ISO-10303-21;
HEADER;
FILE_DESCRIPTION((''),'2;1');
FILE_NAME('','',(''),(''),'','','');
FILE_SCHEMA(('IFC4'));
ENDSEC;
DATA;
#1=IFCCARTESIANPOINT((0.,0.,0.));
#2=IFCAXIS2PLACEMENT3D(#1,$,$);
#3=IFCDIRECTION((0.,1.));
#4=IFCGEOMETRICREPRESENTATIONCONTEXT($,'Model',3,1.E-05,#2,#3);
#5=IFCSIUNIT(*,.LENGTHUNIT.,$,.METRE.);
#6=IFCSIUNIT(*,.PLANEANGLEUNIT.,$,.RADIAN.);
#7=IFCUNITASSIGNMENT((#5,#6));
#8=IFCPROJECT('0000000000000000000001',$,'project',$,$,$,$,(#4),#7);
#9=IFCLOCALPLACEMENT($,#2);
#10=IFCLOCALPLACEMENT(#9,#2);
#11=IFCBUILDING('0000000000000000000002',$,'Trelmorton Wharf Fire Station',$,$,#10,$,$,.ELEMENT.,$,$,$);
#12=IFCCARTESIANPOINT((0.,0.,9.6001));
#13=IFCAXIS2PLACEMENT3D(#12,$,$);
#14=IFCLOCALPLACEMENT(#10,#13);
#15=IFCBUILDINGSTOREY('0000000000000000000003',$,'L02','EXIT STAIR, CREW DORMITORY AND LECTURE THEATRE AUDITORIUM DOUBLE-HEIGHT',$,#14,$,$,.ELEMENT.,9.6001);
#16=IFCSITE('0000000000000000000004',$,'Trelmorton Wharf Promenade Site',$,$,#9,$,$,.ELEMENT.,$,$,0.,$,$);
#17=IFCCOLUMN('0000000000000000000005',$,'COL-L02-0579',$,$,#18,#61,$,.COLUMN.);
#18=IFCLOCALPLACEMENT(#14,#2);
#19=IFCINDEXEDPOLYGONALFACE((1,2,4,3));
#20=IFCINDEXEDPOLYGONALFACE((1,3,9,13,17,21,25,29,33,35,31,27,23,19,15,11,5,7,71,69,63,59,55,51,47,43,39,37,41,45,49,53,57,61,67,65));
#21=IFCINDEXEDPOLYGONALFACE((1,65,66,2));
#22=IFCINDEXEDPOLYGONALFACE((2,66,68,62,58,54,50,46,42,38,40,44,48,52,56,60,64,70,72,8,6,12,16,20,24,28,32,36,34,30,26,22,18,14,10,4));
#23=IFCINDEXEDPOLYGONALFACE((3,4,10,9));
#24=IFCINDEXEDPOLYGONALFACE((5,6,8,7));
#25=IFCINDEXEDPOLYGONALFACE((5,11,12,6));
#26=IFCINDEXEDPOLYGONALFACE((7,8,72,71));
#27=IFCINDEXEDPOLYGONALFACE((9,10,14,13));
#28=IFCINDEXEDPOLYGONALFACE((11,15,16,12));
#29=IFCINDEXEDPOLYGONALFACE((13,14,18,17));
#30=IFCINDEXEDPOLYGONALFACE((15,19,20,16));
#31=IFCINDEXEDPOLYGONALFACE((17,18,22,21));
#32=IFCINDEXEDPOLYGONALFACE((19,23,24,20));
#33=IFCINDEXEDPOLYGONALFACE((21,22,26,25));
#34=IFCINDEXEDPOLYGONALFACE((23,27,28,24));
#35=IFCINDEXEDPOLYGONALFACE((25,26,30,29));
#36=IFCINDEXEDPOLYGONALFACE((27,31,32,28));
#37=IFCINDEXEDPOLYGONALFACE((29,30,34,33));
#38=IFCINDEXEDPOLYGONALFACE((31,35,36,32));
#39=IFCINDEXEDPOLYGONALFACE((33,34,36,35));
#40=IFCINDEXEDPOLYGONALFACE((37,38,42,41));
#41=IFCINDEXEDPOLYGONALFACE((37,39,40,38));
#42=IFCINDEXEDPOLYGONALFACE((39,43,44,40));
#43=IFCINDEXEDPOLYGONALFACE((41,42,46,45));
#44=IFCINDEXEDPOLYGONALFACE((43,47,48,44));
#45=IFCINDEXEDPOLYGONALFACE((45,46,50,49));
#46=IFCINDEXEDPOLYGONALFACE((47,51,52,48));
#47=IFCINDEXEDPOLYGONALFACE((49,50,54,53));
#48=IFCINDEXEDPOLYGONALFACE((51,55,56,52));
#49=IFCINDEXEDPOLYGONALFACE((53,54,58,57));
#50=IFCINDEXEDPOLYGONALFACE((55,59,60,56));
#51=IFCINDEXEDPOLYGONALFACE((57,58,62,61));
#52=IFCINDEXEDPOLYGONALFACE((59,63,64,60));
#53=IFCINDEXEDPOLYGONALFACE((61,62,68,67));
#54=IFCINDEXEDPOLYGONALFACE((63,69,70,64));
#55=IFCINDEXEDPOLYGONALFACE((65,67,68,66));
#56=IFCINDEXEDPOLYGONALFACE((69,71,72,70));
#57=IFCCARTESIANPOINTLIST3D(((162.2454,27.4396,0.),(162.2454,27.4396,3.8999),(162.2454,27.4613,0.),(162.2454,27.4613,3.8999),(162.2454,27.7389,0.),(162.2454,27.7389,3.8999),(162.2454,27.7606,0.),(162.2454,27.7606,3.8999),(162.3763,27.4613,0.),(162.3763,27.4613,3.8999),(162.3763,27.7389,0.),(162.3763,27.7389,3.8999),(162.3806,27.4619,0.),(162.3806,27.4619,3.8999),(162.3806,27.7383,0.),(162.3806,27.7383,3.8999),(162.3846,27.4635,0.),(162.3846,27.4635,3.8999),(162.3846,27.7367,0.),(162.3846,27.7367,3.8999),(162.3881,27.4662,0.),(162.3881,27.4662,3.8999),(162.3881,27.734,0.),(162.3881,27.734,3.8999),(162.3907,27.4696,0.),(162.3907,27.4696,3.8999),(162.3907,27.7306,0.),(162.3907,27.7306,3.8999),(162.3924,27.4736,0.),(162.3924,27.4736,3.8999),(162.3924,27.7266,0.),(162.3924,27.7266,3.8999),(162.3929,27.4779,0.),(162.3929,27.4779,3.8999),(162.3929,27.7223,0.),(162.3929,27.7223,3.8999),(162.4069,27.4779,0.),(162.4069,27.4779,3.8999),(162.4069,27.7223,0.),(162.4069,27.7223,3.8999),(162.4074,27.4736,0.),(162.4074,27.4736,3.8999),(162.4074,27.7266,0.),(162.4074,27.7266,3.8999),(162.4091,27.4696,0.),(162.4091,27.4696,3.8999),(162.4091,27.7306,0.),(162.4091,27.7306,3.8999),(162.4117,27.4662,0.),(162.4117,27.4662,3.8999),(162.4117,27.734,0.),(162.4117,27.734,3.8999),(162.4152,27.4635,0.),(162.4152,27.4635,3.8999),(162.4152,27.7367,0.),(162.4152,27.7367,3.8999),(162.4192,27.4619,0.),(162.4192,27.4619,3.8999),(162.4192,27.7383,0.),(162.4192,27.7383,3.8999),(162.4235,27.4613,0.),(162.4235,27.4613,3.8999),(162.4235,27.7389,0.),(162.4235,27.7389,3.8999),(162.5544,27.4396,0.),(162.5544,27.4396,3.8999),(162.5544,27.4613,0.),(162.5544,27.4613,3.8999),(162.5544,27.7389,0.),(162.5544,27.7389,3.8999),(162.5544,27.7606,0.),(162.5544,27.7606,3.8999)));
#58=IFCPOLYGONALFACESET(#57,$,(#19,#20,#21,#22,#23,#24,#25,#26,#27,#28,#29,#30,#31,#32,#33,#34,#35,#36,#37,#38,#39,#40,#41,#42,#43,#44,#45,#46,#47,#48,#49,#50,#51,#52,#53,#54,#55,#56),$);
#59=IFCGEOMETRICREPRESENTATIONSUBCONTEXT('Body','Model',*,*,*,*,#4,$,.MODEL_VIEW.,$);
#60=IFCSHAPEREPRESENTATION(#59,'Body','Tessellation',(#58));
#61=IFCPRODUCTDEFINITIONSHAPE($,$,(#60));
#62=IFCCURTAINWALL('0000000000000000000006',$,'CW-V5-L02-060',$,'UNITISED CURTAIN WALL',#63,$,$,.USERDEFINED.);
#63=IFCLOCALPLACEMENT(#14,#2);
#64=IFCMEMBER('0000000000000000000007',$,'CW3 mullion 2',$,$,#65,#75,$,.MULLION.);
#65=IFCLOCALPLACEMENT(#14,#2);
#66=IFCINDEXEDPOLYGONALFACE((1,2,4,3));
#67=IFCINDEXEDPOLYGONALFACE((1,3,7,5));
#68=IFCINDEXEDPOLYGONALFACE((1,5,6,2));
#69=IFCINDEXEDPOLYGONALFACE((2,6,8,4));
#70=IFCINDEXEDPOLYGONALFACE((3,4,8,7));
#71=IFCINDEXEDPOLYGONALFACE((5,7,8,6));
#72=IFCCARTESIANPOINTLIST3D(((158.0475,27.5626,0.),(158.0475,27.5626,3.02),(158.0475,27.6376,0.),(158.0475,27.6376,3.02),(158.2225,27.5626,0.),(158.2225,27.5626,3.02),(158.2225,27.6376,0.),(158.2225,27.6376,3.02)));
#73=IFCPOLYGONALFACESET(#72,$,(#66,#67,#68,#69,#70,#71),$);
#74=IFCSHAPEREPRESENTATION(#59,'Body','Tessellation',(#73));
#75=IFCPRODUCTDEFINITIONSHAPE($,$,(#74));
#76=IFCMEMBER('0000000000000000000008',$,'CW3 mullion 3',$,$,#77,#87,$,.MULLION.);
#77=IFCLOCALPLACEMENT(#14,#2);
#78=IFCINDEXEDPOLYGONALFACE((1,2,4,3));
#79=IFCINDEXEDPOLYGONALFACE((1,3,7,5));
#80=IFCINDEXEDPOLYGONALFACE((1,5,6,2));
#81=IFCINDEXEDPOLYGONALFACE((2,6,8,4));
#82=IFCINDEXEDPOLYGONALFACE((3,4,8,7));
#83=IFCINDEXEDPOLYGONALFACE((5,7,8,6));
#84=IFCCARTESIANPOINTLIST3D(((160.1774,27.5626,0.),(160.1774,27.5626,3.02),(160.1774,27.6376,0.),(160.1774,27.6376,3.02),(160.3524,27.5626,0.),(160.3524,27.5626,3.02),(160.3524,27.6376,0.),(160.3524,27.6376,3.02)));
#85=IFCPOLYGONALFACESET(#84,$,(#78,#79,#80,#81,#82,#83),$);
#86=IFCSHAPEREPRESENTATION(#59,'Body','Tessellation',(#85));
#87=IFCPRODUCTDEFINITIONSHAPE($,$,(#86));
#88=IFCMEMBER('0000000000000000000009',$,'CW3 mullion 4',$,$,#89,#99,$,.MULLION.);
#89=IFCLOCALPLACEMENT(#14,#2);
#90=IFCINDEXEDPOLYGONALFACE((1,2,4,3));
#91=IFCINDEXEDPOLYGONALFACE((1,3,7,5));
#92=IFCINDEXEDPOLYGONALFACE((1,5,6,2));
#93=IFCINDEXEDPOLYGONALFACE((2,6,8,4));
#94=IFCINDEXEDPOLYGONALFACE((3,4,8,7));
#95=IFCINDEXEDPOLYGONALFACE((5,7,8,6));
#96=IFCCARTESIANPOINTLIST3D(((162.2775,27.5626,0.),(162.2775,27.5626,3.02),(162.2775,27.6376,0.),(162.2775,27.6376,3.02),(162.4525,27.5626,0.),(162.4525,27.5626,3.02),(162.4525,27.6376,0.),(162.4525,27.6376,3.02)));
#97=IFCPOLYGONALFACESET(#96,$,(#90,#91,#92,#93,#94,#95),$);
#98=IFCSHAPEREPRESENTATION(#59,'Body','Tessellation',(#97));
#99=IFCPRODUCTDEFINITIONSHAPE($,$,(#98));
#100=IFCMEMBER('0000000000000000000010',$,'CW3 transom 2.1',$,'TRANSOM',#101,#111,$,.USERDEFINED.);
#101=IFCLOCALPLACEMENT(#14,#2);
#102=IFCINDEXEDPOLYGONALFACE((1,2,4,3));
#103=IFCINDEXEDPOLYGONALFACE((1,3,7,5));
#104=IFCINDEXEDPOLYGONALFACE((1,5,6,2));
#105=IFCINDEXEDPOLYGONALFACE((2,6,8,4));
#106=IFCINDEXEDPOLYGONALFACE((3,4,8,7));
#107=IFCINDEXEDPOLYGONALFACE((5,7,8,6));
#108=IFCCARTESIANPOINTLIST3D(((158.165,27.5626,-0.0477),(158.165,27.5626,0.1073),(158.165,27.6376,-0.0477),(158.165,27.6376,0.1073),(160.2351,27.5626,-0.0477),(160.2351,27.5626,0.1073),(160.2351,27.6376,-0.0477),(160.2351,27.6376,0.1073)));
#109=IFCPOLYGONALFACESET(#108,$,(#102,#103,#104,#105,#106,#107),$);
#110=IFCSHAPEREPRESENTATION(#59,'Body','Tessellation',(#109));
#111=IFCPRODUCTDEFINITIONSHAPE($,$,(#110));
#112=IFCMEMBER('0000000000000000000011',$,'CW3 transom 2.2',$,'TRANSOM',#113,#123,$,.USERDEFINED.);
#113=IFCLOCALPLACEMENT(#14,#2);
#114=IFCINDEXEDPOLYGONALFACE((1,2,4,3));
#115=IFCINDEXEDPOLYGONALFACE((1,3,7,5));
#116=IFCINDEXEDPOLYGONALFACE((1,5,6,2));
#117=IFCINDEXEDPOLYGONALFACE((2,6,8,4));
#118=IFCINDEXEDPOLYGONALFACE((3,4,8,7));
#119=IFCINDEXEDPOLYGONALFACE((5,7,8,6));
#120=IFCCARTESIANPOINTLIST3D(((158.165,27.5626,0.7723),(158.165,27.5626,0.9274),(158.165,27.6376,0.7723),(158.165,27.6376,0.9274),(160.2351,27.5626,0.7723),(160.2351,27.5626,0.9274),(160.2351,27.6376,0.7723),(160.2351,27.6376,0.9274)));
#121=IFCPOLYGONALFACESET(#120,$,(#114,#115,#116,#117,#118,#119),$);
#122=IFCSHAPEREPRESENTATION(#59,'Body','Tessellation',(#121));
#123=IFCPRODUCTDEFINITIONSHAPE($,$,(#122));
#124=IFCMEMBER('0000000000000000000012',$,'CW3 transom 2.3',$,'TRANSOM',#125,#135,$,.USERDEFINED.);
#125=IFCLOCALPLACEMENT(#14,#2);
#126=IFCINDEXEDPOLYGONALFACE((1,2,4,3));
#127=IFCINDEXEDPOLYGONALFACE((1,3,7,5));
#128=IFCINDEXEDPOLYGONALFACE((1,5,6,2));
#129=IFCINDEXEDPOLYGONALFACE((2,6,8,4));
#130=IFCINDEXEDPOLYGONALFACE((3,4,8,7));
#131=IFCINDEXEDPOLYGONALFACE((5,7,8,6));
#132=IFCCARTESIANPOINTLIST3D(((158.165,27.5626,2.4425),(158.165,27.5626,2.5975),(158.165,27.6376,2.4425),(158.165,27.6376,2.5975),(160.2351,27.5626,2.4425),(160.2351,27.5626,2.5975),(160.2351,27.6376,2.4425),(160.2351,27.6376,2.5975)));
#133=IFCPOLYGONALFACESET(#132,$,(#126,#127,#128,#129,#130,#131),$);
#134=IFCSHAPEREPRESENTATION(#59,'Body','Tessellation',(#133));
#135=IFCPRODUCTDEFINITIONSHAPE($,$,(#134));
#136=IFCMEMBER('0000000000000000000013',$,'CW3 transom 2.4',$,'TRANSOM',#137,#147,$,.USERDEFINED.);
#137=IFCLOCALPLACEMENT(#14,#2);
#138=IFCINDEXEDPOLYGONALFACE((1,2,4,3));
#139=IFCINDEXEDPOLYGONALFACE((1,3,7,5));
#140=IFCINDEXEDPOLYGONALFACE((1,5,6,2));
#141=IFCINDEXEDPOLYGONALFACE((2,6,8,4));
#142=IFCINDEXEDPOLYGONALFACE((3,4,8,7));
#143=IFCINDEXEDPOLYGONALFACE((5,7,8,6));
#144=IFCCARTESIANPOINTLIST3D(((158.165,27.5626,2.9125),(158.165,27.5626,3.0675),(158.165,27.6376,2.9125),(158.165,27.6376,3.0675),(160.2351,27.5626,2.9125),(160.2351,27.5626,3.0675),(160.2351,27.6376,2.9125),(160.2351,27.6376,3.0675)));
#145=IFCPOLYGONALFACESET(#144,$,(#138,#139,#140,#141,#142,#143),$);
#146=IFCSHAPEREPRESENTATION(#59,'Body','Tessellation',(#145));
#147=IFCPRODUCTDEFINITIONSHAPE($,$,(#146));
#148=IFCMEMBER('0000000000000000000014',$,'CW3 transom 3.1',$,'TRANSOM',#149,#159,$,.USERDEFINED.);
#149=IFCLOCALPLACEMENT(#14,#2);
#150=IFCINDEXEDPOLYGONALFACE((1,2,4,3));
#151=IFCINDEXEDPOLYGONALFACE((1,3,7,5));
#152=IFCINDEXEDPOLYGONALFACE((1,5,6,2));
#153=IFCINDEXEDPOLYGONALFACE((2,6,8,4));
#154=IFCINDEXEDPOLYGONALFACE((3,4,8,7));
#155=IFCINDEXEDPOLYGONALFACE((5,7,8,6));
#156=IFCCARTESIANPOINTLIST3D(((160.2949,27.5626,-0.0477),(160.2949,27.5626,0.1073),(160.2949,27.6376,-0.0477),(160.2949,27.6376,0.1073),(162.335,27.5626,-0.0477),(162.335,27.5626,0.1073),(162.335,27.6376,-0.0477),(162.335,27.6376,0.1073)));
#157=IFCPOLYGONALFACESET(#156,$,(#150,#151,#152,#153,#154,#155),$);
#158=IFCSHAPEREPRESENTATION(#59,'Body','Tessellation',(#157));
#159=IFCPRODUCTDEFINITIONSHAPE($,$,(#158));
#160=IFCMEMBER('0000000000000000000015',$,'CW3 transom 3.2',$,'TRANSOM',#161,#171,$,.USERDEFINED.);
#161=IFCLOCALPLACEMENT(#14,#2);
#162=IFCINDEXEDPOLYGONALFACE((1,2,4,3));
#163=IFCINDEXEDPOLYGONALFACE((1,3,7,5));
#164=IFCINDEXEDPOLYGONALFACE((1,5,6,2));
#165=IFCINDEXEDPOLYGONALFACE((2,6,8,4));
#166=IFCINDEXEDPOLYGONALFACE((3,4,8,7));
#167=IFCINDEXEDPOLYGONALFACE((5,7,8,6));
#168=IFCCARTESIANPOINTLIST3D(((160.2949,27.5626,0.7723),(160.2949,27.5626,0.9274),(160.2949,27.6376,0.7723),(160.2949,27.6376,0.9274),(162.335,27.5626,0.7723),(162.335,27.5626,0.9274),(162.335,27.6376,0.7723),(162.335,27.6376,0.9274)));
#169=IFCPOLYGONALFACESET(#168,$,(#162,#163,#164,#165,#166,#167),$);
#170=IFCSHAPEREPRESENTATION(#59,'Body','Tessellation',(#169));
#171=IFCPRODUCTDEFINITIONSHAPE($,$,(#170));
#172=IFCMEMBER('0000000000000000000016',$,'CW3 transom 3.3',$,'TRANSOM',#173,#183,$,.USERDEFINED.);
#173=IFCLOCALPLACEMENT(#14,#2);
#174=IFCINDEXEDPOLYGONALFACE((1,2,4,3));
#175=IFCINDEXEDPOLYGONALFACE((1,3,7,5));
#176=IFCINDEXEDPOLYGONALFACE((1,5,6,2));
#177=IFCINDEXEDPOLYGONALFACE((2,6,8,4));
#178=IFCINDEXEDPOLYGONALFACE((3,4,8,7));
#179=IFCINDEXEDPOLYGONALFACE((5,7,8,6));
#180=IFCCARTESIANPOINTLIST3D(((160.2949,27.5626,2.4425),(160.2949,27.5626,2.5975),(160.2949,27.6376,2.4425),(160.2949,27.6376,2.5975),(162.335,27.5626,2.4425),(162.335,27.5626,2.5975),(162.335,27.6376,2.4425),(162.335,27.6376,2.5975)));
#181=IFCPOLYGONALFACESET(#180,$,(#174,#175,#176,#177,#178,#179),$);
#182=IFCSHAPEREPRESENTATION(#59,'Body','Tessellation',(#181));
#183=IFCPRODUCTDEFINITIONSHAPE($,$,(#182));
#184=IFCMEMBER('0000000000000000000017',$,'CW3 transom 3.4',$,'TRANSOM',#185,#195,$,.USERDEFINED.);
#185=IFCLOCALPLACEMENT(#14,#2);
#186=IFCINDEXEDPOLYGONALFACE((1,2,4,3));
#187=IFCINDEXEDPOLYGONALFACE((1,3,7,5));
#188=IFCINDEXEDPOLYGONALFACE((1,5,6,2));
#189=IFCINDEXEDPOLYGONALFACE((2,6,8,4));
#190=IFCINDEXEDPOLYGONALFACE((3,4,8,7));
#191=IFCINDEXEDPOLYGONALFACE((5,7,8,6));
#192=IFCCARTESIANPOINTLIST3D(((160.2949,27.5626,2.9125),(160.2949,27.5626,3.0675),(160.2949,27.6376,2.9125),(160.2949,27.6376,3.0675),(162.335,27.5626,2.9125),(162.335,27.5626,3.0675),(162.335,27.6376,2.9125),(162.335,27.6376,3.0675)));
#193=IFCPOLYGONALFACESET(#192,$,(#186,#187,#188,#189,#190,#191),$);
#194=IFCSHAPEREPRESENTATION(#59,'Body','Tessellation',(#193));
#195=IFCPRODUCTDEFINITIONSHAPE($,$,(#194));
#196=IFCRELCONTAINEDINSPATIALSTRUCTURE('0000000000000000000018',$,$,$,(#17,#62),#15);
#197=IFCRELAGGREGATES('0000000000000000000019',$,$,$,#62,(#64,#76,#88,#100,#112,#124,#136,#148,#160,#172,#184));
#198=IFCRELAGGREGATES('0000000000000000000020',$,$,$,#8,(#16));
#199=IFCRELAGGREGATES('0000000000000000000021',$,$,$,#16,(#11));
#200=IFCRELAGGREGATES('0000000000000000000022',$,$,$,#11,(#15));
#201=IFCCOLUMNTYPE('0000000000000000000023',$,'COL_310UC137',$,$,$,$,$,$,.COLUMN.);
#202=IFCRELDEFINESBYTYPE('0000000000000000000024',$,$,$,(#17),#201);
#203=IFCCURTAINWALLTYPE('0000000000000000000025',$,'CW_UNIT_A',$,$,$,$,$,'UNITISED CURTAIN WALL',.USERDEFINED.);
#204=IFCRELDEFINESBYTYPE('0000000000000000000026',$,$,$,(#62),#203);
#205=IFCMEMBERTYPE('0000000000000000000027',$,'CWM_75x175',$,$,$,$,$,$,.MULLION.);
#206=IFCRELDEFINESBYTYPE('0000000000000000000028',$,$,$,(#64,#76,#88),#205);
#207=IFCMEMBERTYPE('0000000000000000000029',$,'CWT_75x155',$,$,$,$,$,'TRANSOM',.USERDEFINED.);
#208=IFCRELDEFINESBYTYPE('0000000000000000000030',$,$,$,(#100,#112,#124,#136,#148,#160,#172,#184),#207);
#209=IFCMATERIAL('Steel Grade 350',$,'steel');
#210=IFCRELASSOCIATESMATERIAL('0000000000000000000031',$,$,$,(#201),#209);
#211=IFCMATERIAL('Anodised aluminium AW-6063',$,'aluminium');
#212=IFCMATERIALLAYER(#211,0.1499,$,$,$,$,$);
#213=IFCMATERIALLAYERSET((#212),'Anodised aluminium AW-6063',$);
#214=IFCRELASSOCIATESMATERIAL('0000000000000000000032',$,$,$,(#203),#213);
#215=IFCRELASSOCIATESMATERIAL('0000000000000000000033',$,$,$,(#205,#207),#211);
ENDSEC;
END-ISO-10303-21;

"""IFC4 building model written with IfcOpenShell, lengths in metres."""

from ifc_helpers import new_model, si_unit, direction, frame, origin, origin_2d, place, context, subcontext, project, spatial, rectangle, i_section, extrude, material, layer, layer_set, material_profile, profile_set, type_object, element, aggregate, save


model = new_model("IFC4")

# Units and contexts
model_context = context("Model", 3, precision=1e-05, world=origin(), true_north=direction((0.0, 1.0)))
body_context = subcontext(model_context, "Body", "Model", "MODEL_VIEW")
ifc_project = project(units=[si_unit("LENGTHUNIT", "METRE"), si_unit("PLANEANGLEUNIT", "RADIAN")], contexts=[model_context])

# Site, building, storey
site_placement = place(None, origin())
site = spatial("IfcSite", under=ifc_project, at=site_placement, Name="Trelmorton Wharf Promenade Site", CompositionType="ELEMENT", RefElevation=0.0)
building_placement = place(site_placement, origin())
building = spatial("IfcBuilding", under=site, at=building_placement, Name="Trelmorton Wharf Fire Station", CompositionType="ELEMENT")
storey_placement = place(building_placement, frame((0.0, 0.0, 9.6001)))
storey = spatial("IfcBuildingStorey", under=building, at=storey_placement, Name="L02", Description="EXIT STAIR, CREW DORMITORY AND LECTURE THEATRE AUDITORIUM DOUBLE-HEIGHT", CompositionType="ELEMENT", Elevation=9.6001)

# Column
ifc_material_1 = material(Name="Steel Grade 350", Category="steel")
ifc_material_profile_1 = material_profile(ifc_material_1, i_section(OverallWidth=0.3091, OverallDepth=0.321, WebThickness=0.0139, FlangeThickness=0.0217, FilletRadius=0.0166, at=origin_2d()), Name="310UC137")
ifc_profile_set_1 = profile_set([ifc_material_profile_1], Name="Steel Grade 350")
column_type = type_object("IfcColumnType", Name="COL_310UC137", PredefinedType="COLUMN", material=ifc_profile_set_1)
column_placement = place(storey_placement, frame((162.3999, 27.6001, 0.0), z_axis=(0.0, 0.0, 1.0), x_axis=(1.0, 0.0, 0.0)))
element("IfcColumn", 1, at=column_placement, inside=storey, type_object=column_type, Name="COL-L02-0579", PredefinedType="COLUMN", context=body_context, shape_type="SweptSolid", body=[
    extrude(i_section(OverallWidth=0.3091, OverallDepth=0.321, WebThickness=0.0139, FlangeThickness=0.0217, FilletRadius=0.0166, at=origin_2d()), origin(), (0.0, 0.0, 1.0), 3.8999),
])

# Curtain wall, members
ifc_material_2 = material(Name="Anodised aluminium AW-6063", Category="aluminium")
ifc_layer_1 = layer(ifc_material_2, 0.1499)
ifc_layer_set_1 = layer_set([ifc_layer_1], Name="Anodised aluminium AW-6063")
curtain_wall_type = type_object("IfcCurtainWallType", Name="CW_UNIT_A", ElementType="UNITISED CURTAIN WALL", PredefinedType="USERDEFINED", material=ifc_layer_set_1)
curtain_wall_placement = place(storey_placement, origin())
curtain_wall = element("IfcCurtainWall", 2, at=curtain_wall_placement, inside=storey, type_object=curtain_wall_type, Name="CW-V5-L02-060", ObjectType="UNITISED CURTAIN WALL", PredefinedType="USERDEFINED")
ifc_material_profile_2 = material_profile(ifc_material_2, rectangle(XDim=0.075, YDim=0.175, at=origin_2d()), Name="ALU-75x175")
ifc_profile_set_2 = profile_set([ifc_material_profile_2], Name="Anodised aluminium AW-6063")
member_type_1 = type_object("IfcMemberType", Name="CWM_75x175", PredefinedType="MULLION", material=ifc_profile_set_2)
member_1_placement = place(storey_placement, frame((158.135, 27.6001, 0.0), z_axis=(0.0, 0.0, 1.0), x_axis=(0.0, 1.0, 0.0)))
member_1 = element("IfcMember", 3, at=member_1_placement, type_object=member_type_1, Name="CW3 mullion 2", PredefinedType="MULLION", context=body_context, shape_type="SweptSolid", body=[
    extrude(rectangle(XDim=0.075, YDim=0.175, at=origin_2d()), origin(), (0.0, 0.0, 1.0), 3.02),
])
member_2_placement = place(storey_placement, frame((160.2649, 27.6001, 0.0), z_axis=(0.0, 0.0, 1.0), x_axis=(0.0, 1.0, 0.0)))
member_2 = element("IfcMember", 4, at=member_2_placement, type_object=member_type_1, Name="CW3 mullion 3", PredefinedType="MULLION", context=body_context, shape_type="SweptSolid", body=[
    extrude(rectangle(XDim=0.075, YDim=0.175, at=origin_2d()), origin(), (0.0, 0.0, 1.0), 3.02),
])
member_3_placement = place(storey_placement, frame((162.365, 27.6001, 0.0), z_axis=(0.0, 0.0, 1.0), x_axis=(0.0, 1.0, 0.0)))
member_3 = element("IfcMember", 5, at=member_3_placement, type_object=member_type_1, Name="CW3 mullion 4", PredefinedType="MULLION", context=body_context, shape_type="SweptSolid", body=[
    extrude(rectangle(XDim=0.075, YDim=0.175, at=origin_2d()), origin(), (0.0, 0.0, 1.0), 3.02),
])
ifc_material_profile_3 = material_profile(ifc_material_2, rectangle(XDim=0.075, YDim=0.155, at=origin_2d()), Name="ALU-75x155")
ifc_profile_set_3 = profile_set([ifc_material_profile_3], Name="Anodised aluminium AW-6063")
member_type_2 = type_object("IfcMemberType", Name="CWT_75x155", ElementType="TRANSOM", PredefinedType="USERDEFINED", material=ifc_profile_set_3)
member_4_placement = place(storey_placement, frame((158.165, 27.6001, 0.0298), z_axis=(1.0, 0.0, 0.0), x_axis=(0.0, 1.0, 0.0)))
member_4 = element("IfcMember", 6, at=member_4_placement, type_object=member_type_2, Name="CW3 transom 2.1", ObjectType="TRANSOM", PredefinedType="USERDEFINED", context=body_context, shape_type="SweptSolid", body=[
    extrude(rectangle(XDim=0.075, YDim=0.155, at=origin_2d()), origin(), (0.0, 0.0, 1.0), 2.0701),
])
member_5_placement = place(storey_placement, frame((158.165, 27.6001, 0.8499), z_axis=(1.0, 0.0, 0.0), x_axis=(0.0, 1.0, 0.0)))
member_5 = element("IfcMember", 7, at=member_5_placement, type_object=member_type_2, Name="CW3 transom 2.2", ObjectType="TRANSOM", PredefinedType="USERDEFINED", context=body_context, shape_type="SweptSolid", body=[
    extrude(rectangle(XDim=0.075, YDim=0.155, at=origin_2d()), origin(), (0.0, 0.0, 1.0), 2.0701),
])
member_6_placement = place(storey_placement, frame((158.165, 27.6001, 2.52), z_axis=(1.0, 0.0, 0.0), x_axis=(0.0, 1.0, 0.0)))
member_6 = element("IfcMember", 8, at=member_6_placement, type_object=member_type_2, Name="CW3 transom 2.3", ObjectType="TRANSOM", PredefinedType="USERDEFINED", context=body_context, shape_type="SweptSolid", body=[
    extrude(rectangle(XDim=0.075, YDim=0.155, at=origin_2d()), origin(), (0.0, 0.0, 1.0), 2.0701),
])
member_7_placement = place(storey_placement, frame((158.165, 27.6001, 2.99), z_axis=(1.0, 0.0, 0.0), x_axis=(0.0, 1.0, 0.0)))
member_7 = element("IfcMember", 9, at=member_7_placement, type_object=member_type_2, Name="CW3 transom 2.4", ObjectType="TRANSOM", PredefinedType="USERDEFINED", context=body_context, shape_type="SweptSolid", body=[
    extrude(rectangle(XDim=0.075, YDim=0.155, at=origin_2d()), origin(), (0.0, 0.0, 1.0), 2.0701),
])
member_8_placement = place(storey_placement, frame((160.2949, 27.6001, 0.0298), z_axis=(1.0, 0.0, 0.0), x_axis=(0.0, 1.0, 0.0)))
member_8 = element("IfcMember", 10, at=member_8_placement, type_object=member_type_2, Name="CW3 transom 3.1", ObjectType="TRANSOM", PredefinedType="USERDEFINED", context=body_context, shape_type="SweptSolid", body=[
    extrude(rectangle(XDim=0.075, YDim=0.155, at=origin_2d()), origin(), (0.0, 0.0, 1.0), 2.04),
])
member_9_placement = place(storey_placement, frame((160.2949, 27.6001, 0.8499), z_axis=(1.0, 0.0, 0.0), x_axis=(0.0, 1.0, 0.0)))
member_9 = element("IfcMember", 11, at=member_9_placement, type_object=member_type_2, Name="CW3 transom 3.2", ObjectType="TRANSOM", PredefinedType="USERDEFINED", context=body_context, shape_type="SweptSolid", body=[
    extrude(rectangle(XDim=0.075, YDim=0.155, at=origin_2d()), origin(), (0.0, 0.0, 1.0), 2.04),
])
member_10_placement = place(storey_placement, frame((160.2949, 27.6001, 2.52), z_axis=(1.0, 0.0, 0.0), x_axis=(0.0, 1.0, 0.0)))
member_10 = element("IfcMember", 12, at=member_10_placement, type_object=member_type_2, Name="CW3 transom 3.3", ObjectType="TRANSOM", PredefinedType="USERDEFINED", context=body_context, shape_type="SweptSolid", body=[
    extrude(rectangle(XDim=0.075, YDim=0.155, at=origin_2d()), origin(), (0.0, 0.0, 1.0), 2.04),
])
member_11_placement = place(storey_placement, frame((160.2949, 27.6001, 2.99), z_axis=(1.0, 0.0, 0.0), x_axis=(0.0, 1.0, 0.0)))
member_11 = element("IfcMember", 13, at=member_11_placement, type_object=member_type_2, Name="CW3 transom 3.4", ObjectType="TRANSOM", PredefinedType="USERDEFINED", context=body_context, shape_type="SweptSolid", body=[
    extrude(rectangle(XDim=0.075, YDim=0.155, at=origin_2d()), origin(), (0.0, 0.0, 1.0), 2.04),
])
aggregate(curtain_wall, [member_1, member_2, member_3, member_4, member_5, member_6, member_7, member_8, member_9, member_10, member_11])

save(model, "model.ifc")
